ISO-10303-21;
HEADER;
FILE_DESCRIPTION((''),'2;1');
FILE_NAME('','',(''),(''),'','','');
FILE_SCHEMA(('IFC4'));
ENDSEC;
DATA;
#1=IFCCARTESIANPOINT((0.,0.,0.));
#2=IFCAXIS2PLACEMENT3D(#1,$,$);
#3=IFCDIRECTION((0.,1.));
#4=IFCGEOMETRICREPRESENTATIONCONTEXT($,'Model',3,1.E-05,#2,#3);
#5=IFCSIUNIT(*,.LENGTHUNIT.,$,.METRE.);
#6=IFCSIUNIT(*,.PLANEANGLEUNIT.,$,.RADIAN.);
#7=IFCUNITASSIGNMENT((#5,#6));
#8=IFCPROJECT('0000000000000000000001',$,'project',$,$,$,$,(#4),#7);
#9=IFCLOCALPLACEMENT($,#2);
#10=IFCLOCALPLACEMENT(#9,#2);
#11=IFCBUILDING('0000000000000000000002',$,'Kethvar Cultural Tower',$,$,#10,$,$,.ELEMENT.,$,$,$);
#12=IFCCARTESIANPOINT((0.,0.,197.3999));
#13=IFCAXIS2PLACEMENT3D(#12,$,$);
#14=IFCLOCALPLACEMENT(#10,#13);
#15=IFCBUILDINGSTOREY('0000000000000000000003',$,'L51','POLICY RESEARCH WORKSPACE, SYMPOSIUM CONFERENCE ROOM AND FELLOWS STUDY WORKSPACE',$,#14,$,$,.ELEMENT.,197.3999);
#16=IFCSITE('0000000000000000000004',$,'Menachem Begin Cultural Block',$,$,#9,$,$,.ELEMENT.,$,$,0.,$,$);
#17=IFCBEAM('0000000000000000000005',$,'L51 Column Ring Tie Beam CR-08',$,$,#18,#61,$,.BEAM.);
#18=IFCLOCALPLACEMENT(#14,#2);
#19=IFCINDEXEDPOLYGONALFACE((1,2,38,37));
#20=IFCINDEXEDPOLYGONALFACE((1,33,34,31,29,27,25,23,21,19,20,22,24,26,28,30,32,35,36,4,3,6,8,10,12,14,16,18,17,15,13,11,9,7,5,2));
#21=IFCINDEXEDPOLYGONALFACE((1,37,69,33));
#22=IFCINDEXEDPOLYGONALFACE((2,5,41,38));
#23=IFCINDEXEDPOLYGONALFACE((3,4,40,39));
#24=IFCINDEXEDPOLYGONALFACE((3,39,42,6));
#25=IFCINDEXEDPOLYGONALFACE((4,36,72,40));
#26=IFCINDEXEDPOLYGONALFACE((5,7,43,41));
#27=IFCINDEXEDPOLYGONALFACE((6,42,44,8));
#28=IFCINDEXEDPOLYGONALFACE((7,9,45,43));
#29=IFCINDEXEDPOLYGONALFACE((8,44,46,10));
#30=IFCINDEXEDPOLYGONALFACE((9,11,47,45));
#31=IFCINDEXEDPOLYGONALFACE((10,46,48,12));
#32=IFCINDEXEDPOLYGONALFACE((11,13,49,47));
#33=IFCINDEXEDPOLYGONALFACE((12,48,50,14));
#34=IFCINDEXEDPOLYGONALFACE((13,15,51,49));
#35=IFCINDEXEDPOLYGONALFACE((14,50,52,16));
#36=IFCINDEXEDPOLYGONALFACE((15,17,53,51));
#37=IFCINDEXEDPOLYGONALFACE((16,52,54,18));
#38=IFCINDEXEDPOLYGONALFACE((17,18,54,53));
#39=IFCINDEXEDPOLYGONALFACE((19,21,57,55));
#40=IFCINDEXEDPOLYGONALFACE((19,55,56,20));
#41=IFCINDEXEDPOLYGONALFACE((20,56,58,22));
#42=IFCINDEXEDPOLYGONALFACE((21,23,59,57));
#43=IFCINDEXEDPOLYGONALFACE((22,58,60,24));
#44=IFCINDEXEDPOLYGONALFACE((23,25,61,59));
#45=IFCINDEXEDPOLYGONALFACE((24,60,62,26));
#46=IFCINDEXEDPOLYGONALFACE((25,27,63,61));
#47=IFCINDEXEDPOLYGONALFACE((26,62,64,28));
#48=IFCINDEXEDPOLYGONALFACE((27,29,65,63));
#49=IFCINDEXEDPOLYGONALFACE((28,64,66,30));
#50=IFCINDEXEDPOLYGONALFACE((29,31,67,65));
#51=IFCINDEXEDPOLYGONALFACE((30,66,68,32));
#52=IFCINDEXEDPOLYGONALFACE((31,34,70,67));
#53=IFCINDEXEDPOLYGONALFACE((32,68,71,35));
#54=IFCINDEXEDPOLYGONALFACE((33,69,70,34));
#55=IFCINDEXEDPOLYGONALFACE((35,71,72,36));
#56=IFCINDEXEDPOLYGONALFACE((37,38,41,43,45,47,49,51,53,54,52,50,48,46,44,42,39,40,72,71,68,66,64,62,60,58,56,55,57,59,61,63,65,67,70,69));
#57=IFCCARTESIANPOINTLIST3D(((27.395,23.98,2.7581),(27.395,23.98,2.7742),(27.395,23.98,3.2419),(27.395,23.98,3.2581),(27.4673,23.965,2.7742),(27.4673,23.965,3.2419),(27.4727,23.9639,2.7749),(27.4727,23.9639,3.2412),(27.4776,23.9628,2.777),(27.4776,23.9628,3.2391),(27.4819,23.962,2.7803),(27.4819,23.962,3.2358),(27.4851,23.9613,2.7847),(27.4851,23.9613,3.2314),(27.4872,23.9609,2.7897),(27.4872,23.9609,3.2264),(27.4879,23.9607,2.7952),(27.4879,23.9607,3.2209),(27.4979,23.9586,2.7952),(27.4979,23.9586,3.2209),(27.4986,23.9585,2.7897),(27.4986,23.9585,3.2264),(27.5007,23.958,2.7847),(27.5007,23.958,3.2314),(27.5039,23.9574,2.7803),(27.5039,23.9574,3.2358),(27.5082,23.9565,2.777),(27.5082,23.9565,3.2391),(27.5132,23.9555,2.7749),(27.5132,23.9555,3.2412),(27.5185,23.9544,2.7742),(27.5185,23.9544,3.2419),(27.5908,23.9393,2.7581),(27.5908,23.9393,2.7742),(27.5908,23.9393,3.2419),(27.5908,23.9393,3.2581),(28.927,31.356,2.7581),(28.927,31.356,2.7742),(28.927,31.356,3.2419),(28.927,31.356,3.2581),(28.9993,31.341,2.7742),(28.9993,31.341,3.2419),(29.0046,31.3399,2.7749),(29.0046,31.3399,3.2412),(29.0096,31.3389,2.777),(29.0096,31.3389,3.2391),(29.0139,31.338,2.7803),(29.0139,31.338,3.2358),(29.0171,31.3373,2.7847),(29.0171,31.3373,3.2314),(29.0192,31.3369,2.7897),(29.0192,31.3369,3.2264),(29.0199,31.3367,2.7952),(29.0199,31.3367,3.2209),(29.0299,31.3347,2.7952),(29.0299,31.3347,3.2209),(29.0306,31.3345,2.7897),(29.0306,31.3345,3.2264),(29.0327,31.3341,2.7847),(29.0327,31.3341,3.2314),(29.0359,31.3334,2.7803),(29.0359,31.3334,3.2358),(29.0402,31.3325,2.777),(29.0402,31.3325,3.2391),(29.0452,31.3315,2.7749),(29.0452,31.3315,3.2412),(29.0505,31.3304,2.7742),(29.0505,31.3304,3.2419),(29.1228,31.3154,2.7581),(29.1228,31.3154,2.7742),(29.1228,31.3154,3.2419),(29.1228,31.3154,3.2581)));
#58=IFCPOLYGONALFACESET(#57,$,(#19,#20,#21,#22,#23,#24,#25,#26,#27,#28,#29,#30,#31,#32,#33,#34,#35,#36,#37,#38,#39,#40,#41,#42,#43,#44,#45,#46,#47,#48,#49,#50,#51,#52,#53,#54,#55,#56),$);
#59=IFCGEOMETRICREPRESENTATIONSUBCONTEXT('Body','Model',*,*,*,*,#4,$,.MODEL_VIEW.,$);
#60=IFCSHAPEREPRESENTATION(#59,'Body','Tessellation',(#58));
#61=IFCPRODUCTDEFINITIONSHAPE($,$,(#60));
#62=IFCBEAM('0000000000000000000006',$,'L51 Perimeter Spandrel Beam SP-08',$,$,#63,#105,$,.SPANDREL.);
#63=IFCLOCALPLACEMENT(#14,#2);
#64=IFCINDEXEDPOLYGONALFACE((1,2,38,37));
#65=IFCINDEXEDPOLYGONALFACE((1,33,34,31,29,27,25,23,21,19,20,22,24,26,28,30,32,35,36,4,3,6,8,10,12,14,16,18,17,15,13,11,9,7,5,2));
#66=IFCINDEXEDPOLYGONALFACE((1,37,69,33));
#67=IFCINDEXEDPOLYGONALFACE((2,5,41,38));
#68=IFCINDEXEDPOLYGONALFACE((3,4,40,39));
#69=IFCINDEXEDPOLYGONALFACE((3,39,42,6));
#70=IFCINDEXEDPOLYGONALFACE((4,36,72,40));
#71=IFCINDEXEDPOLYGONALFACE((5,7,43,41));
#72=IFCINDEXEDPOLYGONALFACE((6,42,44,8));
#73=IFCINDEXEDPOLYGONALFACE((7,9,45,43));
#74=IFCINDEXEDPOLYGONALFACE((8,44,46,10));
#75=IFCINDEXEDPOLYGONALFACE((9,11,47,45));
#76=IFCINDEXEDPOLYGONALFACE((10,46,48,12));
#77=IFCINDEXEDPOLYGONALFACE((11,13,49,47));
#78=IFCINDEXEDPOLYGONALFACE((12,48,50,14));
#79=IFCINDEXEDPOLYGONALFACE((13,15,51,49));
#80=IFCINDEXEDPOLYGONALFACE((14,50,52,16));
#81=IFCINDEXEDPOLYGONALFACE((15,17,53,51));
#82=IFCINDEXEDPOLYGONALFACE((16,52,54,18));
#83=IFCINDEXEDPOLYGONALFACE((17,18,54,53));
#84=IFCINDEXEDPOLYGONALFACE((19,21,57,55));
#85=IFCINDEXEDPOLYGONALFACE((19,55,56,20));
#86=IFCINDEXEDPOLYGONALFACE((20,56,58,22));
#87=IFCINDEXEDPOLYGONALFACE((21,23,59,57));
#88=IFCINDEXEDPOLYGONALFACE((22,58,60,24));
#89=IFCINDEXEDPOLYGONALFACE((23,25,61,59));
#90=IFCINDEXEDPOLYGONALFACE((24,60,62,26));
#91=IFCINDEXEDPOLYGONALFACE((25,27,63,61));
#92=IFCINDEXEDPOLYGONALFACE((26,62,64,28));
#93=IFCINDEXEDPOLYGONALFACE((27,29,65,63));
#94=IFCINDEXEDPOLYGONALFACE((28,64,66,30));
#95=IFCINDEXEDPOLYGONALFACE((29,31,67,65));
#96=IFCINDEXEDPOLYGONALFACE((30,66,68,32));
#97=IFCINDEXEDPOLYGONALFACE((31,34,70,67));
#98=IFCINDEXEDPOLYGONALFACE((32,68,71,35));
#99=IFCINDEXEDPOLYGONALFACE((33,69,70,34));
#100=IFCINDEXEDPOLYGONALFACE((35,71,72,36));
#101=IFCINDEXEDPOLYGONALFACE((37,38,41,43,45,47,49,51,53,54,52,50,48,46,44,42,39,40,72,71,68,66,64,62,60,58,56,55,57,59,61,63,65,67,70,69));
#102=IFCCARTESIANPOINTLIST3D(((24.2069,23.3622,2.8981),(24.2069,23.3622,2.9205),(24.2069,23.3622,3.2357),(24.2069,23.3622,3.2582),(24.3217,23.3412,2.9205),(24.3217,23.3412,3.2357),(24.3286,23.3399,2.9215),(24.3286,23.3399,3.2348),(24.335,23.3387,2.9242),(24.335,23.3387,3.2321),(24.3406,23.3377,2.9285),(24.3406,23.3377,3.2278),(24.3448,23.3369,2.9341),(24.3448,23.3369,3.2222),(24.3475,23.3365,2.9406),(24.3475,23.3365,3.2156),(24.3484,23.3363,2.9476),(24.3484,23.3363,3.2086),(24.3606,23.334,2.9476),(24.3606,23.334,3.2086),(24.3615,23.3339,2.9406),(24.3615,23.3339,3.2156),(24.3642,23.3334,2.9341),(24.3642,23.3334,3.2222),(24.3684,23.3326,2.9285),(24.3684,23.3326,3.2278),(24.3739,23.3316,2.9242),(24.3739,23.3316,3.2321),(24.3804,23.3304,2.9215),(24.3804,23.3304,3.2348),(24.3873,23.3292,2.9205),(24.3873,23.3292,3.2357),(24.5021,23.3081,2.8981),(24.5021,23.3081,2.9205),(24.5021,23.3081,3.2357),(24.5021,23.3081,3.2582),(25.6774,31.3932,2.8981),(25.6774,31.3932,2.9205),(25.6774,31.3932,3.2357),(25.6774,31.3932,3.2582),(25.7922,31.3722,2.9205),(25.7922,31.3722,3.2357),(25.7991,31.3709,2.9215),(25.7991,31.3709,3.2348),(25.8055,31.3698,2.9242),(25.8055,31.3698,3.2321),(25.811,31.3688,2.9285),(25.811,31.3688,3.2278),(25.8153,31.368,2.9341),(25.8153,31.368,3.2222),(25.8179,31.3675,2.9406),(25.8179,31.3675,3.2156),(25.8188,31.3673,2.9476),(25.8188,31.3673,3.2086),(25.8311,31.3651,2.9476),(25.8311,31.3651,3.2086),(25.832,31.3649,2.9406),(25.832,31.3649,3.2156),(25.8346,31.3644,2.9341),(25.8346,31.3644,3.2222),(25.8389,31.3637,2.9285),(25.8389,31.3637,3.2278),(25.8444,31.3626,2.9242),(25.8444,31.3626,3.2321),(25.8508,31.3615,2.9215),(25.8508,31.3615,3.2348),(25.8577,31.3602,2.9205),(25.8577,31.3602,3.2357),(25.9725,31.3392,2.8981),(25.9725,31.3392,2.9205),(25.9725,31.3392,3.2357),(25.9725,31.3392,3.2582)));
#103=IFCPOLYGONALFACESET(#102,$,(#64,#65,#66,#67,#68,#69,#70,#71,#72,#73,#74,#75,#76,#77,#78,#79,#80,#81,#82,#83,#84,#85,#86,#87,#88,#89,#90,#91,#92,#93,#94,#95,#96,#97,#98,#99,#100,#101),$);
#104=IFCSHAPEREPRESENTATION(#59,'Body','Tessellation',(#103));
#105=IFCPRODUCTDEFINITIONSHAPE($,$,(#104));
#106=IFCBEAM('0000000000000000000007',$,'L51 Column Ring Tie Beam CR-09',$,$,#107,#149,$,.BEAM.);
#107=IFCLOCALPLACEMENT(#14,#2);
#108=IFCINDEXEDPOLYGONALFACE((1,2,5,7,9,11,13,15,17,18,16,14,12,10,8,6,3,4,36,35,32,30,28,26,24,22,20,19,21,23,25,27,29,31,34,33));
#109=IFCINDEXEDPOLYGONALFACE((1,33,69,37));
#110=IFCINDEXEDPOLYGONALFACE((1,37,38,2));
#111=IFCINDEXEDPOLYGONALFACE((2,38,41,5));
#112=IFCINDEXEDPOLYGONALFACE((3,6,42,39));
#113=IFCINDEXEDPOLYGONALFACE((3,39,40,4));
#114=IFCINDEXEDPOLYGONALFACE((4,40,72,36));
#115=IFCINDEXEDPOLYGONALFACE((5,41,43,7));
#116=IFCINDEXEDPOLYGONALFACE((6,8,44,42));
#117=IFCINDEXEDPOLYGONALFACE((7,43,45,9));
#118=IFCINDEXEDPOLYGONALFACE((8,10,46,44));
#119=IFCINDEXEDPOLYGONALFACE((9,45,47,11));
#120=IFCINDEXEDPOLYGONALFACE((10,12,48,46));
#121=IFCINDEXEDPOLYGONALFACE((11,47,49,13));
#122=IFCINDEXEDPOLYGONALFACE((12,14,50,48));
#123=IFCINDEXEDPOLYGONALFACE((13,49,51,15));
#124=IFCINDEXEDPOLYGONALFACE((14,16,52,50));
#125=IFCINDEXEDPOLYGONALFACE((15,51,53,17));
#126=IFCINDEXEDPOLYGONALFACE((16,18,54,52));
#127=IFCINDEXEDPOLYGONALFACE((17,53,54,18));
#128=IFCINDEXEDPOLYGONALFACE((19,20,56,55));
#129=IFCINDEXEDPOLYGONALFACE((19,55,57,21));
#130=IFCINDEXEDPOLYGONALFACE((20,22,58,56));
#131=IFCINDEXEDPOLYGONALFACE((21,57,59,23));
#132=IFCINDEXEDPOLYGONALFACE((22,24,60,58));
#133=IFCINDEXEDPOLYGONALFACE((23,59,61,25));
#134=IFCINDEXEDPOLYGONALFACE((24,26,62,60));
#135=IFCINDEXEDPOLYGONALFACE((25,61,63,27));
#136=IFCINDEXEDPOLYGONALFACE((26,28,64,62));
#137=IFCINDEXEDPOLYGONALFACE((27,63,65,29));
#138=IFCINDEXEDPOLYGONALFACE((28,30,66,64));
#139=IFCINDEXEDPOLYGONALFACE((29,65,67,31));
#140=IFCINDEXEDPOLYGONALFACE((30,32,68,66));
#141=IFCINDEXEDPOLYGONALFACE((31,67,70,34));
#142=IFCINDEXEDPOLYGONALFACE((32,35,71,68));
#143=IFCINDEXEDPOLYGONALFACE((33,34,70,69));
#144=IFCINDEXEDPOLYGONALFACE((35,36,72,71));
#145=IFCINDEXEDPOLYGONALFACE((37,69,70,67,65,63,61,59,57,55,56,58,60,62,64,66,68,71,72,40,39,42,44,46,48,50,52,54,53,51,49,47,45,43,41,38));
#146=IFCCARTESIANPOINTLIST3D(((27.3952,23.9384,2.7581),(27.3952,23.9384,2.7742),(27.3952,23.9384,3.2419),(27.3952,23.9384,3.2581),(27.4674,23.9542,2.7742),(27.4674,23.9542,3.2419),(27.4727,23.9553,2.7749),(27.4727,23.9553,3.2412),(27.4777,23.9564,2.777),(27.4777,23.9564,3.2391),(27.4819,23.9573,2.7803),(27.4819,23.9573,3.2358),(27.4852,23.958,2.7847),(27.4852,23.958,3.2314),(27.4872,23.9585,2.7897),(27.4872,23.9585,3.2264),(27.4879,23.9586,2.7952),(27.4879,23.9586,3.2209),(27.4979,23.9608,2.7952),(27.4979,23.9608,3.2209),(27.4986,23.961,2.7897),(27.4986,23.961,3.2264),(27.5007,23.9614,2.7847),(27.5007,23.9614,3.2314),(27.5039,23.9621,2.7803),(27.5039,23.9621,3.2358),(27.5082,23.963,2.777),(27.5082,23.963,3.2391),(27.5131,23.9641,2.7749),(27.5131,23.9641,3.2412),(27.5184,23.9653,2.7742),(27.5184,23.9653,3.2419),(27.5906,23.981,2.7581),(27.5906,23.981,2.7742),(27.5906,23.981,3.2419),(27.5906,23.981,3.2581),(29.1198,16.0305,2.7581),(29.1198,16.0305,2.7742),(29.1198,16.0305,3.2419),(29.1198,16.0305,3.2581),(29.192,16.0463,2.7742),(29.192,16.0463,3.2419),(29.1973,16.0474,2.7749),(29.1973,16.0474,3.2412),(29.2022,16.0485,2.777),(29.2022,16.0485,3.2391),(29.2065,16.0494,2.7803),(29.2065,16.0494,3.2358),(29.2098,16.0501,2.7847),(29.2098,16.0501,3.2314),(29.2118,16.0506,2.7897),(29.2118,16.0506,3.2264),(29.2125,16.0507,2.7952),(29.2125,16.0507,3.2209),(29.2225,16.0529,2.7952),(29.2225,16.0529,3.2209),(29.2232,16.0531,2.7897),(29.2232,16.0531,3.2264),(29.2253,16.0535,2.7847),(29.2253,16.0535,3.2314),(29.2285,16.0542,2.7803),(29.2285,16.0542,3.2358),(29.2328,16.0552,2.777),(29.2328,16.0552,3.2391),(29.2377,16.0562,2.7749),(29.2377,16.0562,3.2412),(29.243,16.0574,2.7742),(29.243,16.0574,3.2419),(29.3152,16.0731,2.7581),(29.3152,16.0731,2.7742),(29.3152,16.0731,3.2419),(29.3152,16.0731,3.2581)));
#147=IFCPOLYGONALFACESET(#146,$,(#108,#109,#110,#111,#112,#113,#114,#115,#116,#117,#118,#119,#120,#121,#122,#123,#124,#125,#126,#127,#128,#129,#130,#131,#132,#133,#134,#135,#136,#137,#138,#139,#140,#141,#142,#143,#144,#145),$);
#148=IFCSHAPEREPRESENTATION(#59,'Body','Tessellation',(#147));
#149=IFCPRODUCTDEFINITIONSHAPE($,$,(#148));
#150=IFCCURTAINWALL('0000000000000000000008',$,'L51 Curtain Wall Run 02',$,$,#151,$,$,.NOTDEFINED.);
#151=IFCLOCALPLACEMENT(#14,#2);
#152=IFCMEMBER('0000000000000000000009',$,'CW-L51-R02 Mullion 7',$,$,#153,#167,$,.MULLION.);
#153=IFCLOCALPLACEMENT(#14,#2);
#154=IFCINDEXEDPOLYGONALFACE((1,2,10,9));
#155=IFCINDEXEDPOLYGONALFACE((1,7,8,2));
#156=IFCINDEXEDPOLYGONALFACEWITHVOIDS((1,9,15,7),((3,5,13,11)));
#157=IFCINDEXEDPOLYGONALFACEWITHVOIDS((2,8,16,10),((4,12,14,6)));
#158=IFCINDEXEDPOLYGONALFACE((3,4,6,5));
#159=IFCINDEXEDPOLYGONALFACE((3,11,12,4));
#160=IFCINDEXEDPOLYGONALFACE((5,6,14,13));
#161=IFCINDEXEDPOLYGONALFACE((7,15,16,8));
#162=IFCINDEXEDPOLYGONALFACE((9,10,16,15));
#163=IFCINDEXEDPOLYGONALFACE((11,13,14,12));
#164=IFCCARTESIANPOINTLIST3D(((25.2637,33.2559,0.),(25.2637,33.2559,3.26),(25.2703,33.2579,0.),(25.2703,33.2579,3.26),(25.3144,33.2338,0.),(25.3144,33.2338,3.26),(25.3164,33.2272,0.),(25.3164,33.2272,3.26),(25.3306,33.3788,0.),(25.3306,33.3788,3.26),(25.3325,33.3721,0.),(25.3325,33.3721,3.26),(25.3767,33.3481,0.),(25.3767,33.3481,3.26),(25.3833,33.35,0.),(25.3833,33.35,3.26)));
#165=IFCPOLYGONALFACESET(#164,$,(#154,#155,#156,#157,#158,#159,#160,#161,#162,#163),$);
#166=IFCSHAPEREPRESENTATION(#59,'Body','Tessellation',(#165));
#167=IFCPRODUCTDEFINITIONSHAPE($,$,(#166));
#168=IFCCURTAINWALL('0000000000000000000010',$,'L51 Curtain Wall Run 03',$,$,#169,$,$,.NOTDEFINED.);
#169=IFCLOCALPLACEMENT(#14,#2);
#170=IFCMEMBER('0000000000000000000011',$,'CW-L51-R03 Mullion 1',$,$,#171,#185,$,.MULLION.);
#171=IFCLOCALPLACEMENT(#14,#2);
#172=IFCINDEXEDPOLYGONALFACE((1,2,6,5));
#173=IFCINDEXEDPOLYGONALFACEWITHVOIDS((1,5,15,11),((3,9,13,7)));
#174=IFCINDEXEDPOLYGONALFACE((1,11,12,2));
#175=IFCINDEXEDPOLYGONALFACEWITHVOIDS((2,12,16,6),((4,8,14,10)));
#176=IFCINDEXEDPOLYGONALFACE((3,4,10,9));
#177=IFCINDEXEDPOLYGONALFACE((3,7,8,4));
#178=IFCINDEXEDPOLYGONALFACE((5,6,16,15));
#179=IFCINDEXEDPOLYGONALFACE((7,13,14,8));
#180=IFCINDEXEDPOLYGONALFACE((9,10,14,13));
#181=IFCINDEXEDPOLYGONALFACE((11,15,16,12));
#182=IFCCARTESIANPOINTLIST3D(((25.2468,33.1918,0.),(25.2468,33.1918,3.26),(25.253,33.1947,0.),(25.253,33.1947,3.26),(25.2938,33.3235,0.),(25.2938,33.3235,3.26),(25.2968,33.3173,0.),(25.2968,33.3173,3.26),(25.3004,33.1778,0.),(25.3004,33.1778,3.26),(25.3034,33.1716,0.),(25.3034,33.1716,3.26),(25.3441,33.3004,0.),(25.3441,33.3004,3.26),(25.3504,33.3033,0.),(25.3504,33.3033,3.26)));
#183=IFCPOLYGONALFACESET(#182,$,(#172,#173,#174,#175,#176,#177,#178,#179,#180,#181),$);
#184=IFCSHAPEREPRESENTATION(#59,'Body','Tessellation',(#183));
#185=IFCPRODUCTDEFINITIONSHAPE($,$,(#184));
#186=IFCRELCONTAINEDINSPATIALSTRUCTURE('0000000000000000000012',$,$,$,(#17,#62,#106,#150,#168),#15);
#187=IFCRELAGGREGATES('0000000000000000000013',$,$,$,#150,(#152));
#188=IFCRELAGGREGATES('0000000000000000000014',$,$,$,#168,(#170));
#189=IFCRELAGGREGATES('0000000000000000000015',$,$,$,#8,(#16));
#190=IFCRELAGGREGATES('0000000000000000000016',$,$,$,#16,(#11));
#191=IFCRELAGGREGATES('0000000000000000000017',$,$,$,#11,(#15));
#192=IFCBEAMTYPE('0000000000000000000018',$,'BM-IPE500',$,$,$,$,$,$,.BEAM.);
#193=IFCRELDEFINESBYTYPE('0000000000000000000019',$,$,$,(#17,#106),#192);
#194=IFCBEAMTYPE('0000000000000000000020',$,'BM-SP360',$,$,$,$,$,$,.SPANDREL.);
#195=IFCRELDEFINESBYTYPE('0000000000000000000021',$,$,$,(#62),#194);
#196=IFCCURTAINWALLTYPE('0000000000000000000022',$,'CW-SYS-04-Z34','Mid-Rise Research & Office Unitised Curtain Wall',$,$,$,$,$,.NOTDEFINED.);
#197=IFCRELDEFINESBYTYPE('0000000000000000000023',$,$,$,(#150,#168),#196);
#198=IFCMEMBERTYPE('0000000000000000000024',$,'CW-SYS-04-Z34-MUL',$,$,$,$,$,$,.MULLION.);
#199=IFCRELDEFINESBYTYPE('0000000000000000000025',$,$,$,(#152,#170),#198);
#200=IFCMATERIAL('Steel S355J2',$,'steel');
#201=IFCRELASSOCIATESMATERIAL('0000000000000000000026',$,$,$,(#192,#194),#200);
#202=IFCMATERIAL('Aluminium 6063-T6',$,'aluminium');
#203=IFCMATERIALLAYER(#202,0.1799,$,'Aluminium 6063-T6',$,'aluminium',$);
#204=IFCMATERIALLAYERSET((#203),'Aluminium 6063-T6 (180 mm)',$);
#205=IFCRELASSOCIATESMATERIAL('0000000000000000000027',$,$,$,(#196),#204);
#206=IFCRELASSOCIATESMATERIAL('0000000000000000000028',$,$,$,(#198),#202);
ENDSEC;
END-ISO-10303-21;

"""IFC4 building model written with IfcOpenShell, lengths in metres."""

from ifc_helpers import new_model, si_unit, direction, frame, origin, origin_2d, place, context, subcontext, project, spatial, hollow_rectangle, i_section, extrude, source, transform, mapped, material, layer, layer_set, material_profile, profile_set, type_object, element, aggregate, save


model = new_model("IFC4")

# Units and contexts
model_context = context("Model", 3, precision=1e-05, world=origin(), true_north=direction((0.0, 1.0)))
body_context = subcontext(model_context, "Body", "Model", "MODEL_VIEW")
ifc_project = project(units=[si_unit("LENGTHUNIT", "METRE"), si_unit("PLANEANGLEUNIT", "RADIAN")], contexts=[model_context])

# Site, building, storey
site_placement = place(None, origin())
site = spatial("IfcSite", under=ifc_project, at=site_placement, Name="Menachem Begin Cultural Block", CompositionType="ELEMENT", RefElevation=0.0)
building_placement = place(site_placement, origin())
building = spatial("IfcBuilding", under=site, at=building_placement, Name="Kethvar Cultural Tower", CompositionType="ELEMENT")
storey_placement = place(building_placement, frame((0.0, 0.0, 197.3999)))
storey = spatial("IfcBuildingStorey", under=building, at=storey_placement, Name="L51", Description="POLICY RESEARCH WORKSPACE, SYMPOSIUM CONFERENCE ROOM AND FELLOWS STUDY WORKSPACE", CompositionType="ELEMENT", Elevation=197.3999)

# Beams
ifc_material_1 = material(Name="Steel S355J2", Category="steel")
ifc_material_profile_1 = material_profile(ifc_material_1, i_section(OverallWidth=0.2, OverallDepth=0.5, WebThickness=0.0103, FlangeThickness=0.0161, FilletRadius=0.021, at=origin_2d()), Name="Steel S355J2 — IPE500")
ifc_profile_set_1 = profile_set([ifc_material_profile_1], Name="Steel S355J2 — IPE500")
beam_type_1 = type_object("IfcBeamType", Name="BM-IPE500", PredefinedType="BEAM", material=ifc_profile_set_1)
shared_shape_1 = source(origin(), body_context, "Body", "SweptSolid", [
    extrude(i_section(OverallWidth=0.2, OverallDepth=0.5, WebThickness=0.0103, FlangeThickness=0.0161, FilletRadius=0.021, at=origin_2d()), origin(), (0.0, 0.0, 1.0), 7.5334),
])
beam_1_placement = place(storey_placement, frame((29.0249, 31.3357, 3.0081), z_axis=(-0.203359, -0.979104, 0.0), x_axis=(0.979104, -0.203359, 0.0)))
element("IfcBeam", 1, at=beam_1_placement, inside=storey, type_object=beam_type_1, Name="L51 Column Ring Tie Beam CR-08", PredefinedType="BEAM", context=body_context, shape_type="MappedRepresentation", body=[
    mapped(shared_shape_1, transform((0.0, 0.0, 0.0), scale=1.0)),
])
ifc_material_profile_2 = material_profile(ifc_material_1, i_section(OverallWidth=0.3, OverallDepth=0.3601, WebThickness=0.0125, FlangeThickness=0.0225, FilletRadius=0.0271, at=origin_2d()), Name="Steel S355J2 — HEB360")
ifc_profile_set_2 = profile_set([ifc_material_profile_2], Name="Steel S355J2 — HEB360")
beam_type_2 = type_object("IfcBeamType", Name="BM-SP360", PredefinedType="SPANDREL", material=ifc_profile_set_2)
shared_shape_2 = source(origin(), body_context, "Body", "SweptSolid", [
    extrude(i_section(OverallWidth=0.3, OverallDepth=0.3601, WebThickness=0.0125, FlangeThickness=0.0225, FilletRadius=0.0271, at=origin_2d()), origin(), (0.0, 0.0, 1.0), 8.1646),
])
beam_2_placement = place(storey_placement, frame((25.825, 31.3662, 3.0781), z_axis=(-0.180104, -0.983648, 0.0), x_axis=(0.983648, -0.180104, 0.0)))
element("IfcBeam", 2, at=beam_2_placement, inside=storey, type_object=beam_type_2, Name="L51 Perimeter Spandrel Beam SP-08", PredefinedType="SPANDREL", context=body_context, shape_type="MappedRepresentation", body=[
    mapped(shared_shape_2, transform((0.0, 0.0, 0.0), scale=1.0)),
])
shared_shape_3 = source(origin(), body_context, "Body", "SweptSolid", [
    extrude(i_section(OverallWidth=0.2, OverallDepth=0.5, WebThickness=0.0103, FlangeThickness=0.0161, FilletRadius=0.021, at=origin_2d()), origin(), (0.0, 0.0, 1.0), 8.0938),
])
beam_3_placement = place(storey_placement, frame((27.4929, 23.9597, 3.0081), z_axis=(0.213077, -0.977035, 0.0), x_axis=(0.977035, 0.213077, 0.0)))
element("IfcBeam", 3, at=beam_3_placement, inside=storey, type_object=beam_type_1, Name="L51 Column Ring Tie Beam CR-09", PredefinedType="BEAM", context=body_context, shape_type="MappedRepresentation", body=[
    mapped(shared_shape_3, transform((0.0, 0.0, 0.0), scale=1.0)),
])

# Curtain wall, member
ifc_material_2 = material(Name="Aluminium 6063-T6", Category="aluminium")
ifc_layer_1 = layer(ifc_material_2, 0.1799, Name="Aluminium 6063-T6", Category="aluminium")
ifc_layer_set_1 = layer_set([ifc_layer_1], Name="Aluminium 6063-T6 (180 mm)")
curtain_wall_type = type_object("IfcCurtainWallType", Name="CW-SYS-04-Z34", Description="Mid-Rise Research & Office Unitised Curtain Wall", PredefinedType="NOTDEFINED", material=ifc_layer_set_1)
curtain_wall_1_placement = place(storey_placement, origin())
curtain_wall_1 = element("IfcCurtainWall", 4, at=curtain_wall_1_placement, inside=storey, type_object=curtain_wall_type, Name="L51 Curtain Wall Run 02", PredefinedType="NOTDEFINED")
ifc_material_profile_3 = material_profile(ifc_material_2, hollow_rectangle(XDim=0.0601, YDim=0.1399, WallThickness=0.0049, at=origin_2d()), Name="Aluminium 6063-T6 — RHS140x60x5")
ifc_profile_set_3 = profile_set([ifc_material_profile_3], Name="Aluminium 6063-T6 — RHS140x60x5")
member_type_1 = type_object("IfcMemberType", Name="CW-SYS-04-Z34-MUL", PredefinedType="MULLION", material=ifc_profile_set_3)
shared_shape_4 = source(origin(), body_context, "Body", "SweptSolid", [
    extrude(hollow_rectangle(XDim=0.0601, YDim=0.1399, WallThickness=0.0049, at=origin_2d()), origin(), (0.0, 0.0, 1.0), 3.26),
])
member_1_placement = place(storey_placement, frame((25.3235, 33.303, 0.0), z_axis=(0.0, 0.0, 1.0), x_axis=(0.878142, -0.478401, 0.0)))
member_1 = element("IfcMember", 5, at=member_1_placement, type_object=member_type_1, Name="CW-L51-R02 Mullion 7", PredefinedType="MULLION", context=body_context, shape_type="MappedRepresentation", body=[
    mapped(shared_shape_4, transform((0.0, 0.0, 0.0), scale=1.0)),
])
aggregate(curtain_wall_1, [member_1])

# Curtain wall, member
curtain_wall_2_placement = place(storey_placement, origin())
curtain_wall_2 = element("IfcCurtainWall", 6, at=curtain_wall_2_placement, inside=storey, type_object=curtain_wall_type, Name="L51 Curtain Wall Run 03", PredefinedType="NOTDEFINED")
member_2_placement = place(storey_placement, frame((25.2986, 33.2476, 0.0), z_axis=(0.0, 0.0, 1.0), x_axis=(0.941805, -0.336158, 0.0)))
member_2 = element("IfcMember", 7, at=member_2_placement, type_object=member_type_1, Name="CW-L51-R03 Mullion 1", PredefinedType="MULLION", context=body_context, shape_type="MappedRepresentation", body=[
    mapped(shared_shape_4, transform((0.0, 0.0, 0.0), scale=1.0)),
])
aggregate(curtain_wall_2, [member_2])

save(model, "model.ifc")
